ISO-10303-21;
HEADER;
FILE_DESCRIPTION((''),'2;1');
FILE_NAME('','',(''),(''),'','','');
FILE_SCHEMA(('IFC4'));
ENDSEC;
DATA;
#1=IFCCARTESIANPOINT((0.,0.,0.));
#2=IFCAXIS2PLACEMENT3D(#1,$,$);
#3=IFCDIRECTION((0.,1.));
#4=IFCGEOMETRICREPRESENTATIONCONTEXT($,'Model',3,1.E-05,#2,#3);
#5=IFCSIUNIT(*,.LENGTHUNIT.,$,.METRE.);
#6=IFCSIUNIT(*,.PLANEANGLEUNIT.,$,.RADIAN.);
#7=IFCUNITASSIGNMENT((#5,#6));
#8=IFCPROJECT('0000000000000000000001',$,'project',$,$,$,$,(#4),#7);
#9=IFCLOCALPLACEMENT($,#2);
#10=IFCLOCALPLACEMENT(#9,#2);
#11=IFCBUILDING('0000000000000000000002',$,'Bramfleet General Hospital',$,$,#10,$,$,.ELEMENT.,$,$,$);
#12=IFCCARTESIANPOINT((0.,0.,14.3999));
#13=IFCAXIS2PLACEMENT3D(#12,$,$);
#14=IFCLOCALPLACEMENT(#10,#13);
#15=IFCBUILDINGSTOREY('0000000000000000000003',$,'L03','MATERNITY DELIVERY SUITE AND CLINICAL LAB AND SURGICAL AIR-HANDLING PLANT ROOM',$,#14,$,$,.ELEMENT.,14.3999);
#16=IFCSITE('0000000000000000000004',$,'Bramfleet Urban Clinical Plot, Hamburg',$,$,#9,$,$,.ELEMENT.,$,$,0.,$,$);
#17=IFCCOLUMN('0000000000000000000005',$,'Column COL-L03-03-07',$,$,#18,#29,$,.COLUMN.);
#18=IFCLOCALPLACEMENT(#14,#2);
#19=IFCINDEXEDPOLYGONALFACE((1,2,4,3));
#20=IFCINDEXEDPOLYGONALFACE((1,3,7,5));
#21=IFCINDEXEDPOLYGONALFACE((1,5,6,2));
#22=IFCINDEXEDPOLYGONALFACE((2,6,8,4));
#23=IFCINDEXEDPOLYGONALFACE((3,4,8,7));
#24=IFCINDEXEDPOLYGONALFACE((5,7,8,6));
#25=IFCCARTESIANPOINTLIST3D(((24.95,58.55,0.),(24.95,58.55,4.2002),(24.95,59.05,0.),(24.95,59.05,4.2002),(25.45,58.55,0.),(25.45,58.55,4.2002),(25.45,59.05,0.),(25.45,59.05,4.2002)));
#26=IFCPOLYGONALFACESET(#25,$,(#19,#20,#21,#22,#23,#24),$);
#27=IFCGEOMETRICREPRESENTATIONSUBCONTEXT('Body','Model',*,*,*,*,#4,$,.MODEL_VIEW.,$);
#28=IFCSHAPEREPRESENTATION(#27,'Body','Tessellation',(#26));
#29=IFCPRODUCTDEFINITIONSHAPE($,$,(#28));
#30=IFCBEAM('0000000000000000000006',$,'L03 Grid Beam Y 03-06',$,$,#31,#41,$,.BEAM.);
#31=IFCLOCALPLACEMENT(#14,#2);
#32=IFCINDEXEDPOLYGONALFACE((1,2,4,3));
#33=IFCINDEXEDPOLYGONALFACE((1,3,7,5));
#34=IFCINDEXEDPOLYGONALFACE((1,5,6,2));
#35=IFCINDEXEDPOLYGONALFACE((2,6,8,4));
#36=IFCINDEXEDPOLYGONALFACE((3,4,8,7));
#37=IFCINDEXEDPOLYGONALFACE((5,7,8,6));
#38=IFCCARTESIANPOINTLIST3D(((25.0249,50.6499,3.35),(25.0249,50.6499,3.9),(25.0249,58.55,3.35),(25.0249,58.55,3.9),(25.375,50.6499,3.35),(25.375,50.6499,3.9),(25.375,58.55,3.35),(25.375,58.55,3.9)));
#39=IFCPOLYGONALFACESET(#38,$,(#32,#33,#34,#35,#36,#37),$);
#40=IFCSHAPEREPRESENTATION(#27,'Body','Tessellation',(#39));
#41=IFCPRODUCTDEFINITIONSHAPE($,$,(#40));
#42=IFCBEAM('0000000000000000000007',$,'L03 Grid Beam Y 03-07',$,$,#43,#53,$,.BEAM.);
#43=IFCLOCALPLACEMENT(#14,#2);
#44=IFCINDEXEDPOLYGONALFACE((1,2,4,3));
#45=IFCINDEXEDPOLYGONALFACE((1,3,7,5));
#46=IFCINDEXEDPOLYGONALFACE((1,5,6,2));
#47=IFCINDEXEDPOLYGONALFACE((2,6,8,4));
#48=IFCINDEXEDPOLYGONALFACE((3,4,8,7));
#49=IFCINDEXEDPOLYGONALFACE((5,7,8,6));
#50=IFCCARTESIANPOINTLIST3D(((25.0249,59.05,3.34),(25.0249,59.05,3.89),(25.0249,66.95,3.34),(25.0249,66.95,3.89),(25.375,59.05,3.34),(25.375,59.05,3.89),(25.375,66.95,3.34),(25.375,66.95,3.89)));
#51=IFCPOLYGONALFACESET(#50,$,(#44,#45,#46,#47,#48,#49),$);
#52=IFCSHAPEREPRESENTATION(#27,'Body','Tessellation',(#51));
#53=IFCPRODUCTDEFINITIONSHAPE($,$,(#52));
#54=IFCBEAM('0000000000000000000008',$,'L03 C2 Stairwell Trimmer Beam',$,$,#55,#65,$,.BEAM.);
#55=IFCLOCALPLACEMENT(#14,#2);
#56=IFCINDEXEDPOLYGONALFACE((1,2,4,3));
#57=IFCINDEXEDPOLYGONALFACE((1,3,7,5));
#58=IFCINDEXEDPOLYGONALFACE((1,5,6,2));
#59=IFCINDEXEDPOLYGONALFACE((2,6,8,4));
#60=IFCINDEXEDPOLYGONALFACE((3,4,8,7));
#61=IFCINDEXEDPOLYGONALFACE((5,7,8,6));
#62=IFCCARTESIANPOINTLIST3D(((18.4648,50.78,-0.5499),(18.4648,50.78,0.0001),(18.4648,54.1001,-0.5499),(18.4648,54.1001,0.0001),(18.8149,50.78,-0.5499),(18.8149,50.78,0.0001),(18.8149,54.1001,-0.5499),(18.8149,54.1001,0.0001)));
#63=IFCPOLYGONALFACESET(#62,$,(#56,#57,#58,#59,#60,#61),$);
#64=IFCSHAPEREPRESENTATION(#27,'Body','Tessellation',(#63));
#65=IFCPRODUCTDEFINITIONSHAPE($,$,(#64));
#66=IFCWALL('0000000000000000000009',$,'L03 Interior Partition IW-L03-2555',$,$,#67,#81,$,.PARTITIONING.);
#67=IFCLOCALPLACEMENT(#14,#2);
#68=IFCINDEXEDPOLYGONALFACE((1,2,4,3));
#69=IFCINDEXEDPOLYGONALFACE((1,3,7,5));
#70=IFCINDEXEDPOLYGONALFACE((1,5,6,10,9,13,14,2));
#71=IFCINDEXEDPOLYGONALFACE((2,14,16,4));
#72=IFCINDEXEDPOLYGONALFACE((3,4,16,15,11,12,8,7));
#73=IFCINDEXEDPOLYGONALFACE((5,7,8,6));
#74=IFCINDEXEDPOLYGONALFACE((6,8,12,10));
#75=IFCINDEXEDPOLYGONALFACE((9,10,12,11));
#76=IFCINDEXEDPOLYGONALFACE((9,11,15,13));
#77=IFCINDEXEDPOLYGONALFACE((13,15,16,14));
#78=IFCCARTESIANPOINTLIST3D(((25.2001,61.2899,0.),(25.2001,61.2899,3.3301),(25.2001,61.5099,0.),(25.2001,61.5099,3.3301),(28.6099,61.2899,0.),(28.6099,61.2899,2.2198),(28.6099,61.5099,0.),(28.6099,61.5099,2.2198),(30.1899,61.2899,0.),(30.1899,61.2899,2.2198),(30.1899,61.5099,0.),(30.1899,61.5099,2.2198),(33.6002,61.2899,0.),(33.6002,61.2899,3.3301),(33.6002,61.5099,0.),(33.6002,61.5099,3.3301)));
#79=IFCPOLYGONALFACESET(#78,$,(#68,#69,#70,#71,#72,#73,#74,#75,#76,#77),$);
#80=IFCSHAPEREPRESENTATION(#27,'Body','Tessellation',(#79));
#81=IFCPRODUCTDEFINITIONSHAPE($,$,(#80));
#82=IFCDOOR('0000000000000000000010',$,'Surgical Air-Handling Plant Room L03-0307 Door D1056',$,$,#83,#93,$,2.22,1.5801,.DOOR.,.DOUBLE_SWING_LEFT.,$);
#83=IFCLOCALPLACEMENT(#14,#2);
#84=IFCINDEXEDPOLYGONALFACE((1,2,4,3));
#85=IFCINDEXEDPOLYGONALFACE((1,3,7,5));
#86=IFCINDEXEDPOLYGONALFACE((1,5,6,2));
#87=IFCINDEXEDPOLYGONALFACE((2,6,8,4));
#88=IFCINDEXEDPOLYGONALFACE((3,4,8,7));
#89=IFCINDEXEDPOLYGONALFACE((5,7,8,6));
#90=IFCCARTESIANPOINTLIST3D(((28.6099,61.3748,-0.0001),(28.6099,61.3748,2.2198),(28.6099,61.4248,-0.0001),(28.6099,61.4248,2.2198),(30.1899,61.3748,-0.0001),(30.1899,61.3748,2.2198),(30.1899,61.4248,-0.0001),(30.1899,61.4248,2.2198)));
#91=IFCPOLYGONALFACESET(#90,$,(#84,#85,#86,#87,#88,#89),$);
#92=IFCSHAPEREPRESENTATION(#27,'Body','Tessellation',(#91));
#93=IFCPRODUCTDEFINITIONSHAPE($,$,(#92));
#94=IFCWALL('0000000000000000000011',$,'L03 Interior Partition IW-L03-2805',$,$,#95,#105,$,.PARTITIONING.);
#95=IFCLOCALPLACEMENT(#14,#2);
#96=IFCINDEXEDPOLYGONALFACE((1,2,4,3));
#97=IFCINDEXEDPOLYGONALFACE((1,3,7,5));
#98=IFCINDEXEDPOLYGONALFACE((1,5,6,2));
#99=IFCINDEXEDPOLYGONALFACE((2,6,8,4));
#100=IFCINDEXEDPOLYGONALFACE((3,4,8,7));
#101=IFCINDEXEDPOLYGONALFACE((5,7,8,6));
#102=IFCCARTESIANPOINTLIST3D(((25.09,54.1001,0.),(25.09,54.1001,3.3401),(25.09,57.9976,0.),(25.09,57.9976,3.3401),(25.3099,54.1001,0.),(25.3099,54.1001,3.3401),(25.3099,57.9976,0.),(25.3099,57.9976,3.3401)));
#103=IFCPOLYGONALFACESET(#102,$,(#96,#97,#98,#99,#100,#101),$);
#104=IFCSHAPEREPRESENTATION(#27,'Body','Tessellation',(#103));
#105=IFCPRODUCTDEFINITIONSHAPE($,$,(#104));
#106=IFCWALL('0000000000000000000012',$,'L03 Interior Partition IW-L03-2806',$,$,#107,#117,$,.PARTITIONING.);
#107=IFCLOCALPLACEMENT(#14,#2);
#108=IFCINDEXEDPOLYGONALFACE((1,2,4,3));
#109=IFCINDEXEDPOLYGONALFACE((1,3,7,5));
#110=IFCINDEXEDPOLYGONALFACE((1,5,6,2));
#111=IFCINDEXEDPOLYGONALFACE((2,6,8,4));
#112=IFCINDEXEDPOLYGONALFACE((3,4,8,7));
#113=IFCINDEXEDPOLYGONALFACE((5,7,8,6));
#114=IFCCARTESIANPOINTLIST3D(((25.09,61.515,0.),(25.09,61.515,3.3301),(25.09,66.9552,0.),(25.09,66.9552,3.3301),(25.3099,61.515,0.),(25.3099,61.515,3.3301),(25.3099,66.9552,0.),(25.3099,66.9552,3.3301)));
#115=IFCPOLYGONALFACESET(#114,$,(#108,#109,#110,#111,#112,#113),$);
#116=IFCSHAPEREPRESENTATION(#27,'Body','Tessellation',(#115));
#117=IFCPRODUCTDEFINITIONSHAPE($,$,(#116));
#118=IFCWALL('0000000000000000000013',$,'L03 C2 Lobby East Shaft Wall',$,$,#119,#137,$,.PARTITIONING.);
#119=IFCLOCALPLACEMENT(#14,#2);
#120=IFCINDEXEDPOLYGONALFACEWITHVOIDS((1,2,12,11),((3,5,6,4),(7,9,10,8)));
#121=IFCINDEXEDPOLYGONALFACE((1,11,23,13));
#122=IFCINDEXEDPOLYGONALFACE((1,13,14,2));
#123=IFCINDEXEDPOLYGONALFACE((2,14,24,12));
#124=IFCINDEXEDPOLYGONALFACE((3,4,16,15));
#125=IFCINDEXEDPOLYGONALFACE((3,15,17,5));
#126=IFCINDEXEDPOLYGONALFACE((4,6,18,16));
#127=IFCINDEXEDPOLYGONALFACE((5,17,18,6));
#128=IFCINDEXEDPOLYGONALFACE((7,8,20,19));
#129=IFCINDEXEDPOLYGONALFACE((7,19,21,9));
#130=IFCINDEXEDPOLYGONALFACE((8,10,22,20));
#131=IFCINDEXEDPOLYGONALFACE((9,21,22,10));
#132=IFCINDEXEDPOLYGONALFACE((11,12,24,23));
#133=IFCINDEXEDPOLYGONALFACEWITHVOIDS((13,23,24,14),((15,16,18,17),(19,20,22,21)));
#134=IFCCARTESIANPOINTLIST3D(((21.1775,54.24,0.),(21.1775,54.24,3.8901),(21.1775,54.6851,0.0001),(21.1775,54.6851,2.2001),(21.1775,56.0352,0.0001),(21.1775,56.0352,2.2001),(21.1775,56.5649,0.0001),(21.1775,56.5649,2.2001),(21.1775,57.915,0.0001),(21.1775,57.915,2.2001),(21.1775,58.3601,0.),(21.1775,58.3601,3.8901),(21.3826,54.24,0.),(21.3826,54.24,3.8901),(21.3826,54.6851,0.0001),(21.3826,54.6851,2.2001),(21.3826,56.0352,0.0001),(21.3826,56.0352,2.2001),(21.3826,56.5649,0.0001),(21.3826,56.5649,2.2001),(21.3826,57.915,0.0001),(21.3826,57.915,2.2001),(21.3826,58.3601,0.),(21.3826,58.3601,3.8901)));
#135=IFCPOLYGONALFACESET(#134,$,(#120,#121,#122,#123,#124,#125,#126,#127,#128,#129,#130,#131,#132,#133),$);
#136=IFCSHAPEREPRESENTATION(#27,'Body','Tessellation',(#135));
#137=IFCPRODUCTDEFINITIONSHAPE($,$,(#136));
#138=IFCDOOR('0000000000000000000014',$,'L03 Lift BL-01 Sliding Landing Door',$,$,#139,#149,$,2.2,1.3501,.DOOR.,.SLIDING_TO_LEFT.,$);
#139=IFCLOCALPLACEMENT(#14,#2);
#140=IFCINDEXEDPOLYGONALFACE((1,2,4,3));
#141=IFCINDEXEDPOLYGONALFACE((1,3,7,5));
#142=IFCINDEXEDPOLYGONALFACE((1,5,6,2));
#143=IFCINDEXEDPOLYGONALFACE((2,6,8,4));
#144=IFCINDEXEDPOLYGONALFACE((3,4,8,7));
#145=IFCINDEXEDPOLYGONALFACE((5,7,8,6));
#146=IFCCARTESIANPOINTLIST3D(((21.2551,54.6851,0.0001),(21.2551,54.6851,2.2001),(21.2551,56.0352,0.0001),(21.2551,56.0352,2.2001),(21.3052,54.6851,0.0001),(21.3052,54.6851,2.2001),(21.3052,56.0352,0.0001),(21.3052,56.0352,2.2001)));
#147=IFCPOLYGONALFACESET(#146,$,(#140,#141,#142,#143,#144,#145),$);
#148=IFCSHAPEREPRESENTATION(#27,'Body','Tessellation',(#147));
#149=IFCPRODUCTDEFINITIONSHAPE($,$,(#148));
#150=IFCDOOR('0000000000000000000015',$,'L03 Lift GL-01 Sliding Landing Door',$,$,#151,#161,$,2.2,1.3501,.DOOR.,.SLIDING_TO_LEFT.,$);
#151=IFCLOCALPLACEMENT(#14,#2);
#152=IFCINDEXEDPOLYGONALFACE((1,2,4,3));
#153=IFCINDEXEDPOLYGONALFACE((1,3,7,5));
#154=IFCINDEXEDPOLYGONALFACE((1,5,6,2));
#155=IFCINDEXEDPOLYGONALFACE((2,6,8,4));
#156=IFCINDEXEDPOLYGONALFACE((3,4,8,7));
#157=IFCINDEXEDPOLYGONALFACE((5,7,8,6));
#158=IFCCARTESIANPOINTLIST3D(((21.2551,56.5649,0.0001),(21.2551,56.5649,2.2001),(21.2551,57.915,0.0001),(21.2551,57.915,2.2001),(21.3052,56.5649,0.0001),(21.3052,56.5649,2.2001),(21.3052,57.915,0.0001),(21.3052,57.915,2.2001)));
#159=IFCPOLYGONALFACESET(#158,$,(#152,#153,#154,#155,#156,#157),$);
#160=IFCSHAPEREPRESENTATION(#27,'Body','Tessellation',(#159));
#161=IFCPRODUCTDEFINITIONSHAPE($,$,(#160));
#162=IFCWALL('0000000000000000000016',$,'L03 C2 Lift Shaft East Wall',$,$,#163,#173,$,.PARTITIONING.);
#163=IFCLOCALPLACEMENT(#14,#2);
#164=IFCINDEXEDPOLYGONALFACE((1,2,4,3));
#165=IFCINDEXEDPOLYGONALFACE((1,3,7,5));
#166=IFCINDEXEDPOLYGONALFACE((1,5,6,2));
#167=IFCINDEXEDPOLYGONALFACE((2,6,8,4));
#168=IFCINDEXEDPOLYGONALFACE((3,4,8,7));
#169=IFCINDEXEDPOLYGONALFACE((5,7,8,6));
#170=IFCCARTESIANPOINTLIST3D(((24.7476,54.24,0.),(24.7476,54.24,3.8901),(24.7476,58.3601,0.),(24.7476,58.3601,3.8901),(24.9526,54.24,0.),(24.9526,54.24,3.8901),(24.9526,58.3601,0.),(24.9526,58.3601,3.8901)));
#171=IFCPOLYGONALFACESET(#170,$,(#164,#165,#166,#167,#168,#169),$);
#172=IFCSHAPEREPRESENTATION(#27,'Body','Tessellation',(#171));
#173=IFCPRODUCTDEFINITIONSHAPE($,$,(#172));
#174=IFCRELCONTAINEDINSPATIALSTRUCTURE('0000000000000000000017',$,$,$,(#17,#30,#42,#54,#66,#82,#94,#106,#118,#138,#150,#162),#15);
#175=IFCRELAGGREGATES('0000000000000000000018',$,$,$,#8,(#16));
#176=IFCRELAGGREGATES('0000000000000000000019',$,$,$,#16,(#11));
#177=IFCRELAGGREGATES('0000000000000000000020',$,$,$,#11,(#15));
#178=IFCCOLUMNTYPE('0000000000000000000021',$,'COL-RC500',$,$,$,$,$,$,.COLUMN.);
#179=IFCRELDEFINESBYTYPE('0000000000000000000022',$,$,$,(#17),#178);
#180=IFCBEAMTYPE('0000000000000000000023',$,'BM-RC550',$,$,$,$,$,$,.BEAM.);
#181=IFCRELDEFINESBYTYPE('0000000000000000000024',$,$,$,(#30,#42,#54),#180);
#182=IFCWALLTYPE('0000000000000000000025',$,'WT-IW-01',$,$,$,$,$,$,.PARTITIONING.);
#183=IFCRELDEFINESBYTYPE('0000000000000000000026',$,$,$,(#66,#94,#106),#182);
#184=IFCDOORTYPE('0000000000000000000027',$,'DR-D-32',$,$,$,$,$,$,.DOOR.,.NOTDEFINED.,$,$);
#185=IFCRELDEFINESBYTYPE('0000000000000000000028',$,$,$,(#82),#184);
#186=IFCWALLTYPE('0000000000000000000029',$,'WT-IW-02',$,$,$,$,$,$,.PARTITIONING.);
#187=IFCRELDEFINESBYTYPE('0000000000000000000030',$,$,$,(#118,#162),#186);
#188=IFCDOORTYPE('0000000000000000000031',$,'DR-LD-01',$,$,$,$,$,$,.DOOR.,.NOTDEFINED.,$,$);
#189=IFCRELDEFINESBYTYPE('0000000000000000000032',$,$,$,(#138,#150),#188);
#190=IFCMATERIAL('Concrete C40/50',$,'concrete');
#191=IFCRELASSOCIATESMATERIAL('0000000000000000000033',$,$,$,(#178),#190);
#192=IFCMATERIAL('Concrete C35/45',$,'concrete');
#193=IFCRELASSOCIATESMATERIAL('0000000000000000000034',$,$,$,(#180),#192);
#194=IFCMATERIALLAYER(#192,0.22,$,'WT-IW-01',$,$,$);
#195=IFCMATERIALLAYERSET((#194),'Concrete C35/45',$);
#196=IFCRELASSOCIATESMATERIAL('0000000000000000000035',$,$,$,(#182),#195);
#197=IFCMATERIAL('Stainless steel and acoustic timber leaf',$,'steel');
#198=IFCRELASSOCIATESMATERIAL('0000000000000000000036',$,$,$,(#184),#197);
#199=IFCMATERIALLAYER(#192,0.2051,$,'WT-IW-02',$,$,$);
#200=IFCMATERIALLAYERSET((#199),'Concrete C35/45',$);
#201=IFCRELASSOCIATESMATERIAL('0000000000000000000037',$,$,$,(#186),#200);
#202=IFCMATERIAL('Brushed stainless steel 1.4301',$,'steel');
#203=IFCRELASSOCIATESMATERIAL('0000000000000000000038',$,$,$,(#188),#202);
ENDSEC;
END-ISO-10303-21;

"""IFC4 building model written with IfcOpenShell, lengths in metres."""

from ifc_helpers import new_model, si_unit, direction, frame, frame_2d, origin, origin_2d, place, context, subcontext, project, spatial, rectangle, extrude, material, layer, layer_set, material_profile, profile_set, type_object, element, fill, save


model = new_model("IFC4")

# Units and contexts
model_context = context("Model", 3, precision=1e-05, world=origin(), true_north=direction((0.0, 1.0)))
body_context = subcontext(model_context, "Body", "Model", "MODEL_VIEW")
ifc_project = project(units=[si_unit("LENGTHUNIT", "METRE"), si_unit("PLANEANGLEUNIT", "RADIAN")], contexts=[model_context])

# Site, building, storey
site_placement = place(None, origin())
site = spatial("IfcSite", under=ifc_project, at=site_placement, Name="Bramfleet Urban Clinical Plot, Hamburg", CompositionType="ELEMENT", RefElevation=0.0)
building_placement = place(site_placement, origin())
building = spatial("IfcBuilding", under=site, at=building_placement, Name="Bramfleet General Hospital", CompositionType="ELEMENT")
storey_placement = place(building_placement, frame((0.0, 0.0, 14.3999)))
storey = spatial("IfcBuildingStorey", under=building, at=storey_placement, Name="L03", Description="MATERNITY DELIVERY SUITE AND CLINICAL LAB AND SURGICAL AIR-HANDLING PLANT ROOM", CompositionType="ELEMENT", Elevation=14.3999)

# Column
ifc_material_1 = material(Name="Concrete C40/50", Category="concrete")
ifc_material_profile_1 = material_profile(ifc_material_1, rectangle(XDim=0.5, YDim=0.5, at=origin_2d()), Name="RC COL 500x500")
ifc_profile_set_1 = profile_set([ifc_material_profile_1], Name="Concrete C40/50")
column_type = type_object("IfcColumnType", Name="COL-RC500", PredefinedType="COLUMN", material=ifc_profile_set_1)
column_placement = place(storey_placement, frame((25.2, 58.8, 0.0), z_axis=(0.0, 0.0, 1.0), x_axis=(1.0, 0.0, 0.0)))
element("IfcColumn", 1, at=column_placement, inside=storey, type_object=column_type, Name="Column COL-L03-03-07", PredefinedType="COLUMN", context=body_context, shape_type="SweptSolid", body=[
    extrude(rectangle(XDim=0.5, YDim=0.5, at=origin_2d()), origin(), (0.0, 0.0, 1.0), 4.2002),
])

# Beams
ifc_material_2 = material(Name="Concrete C35/45", Category="concrete")
ifc_material_profile_2 = material_profile(ifc_material_2, rectangle(XDim=0.3501, YDim=0.55, at=origin_2d()), Name="RC BM 550x350")
ifc_profile_set_2 = profile_set([ifc_material_profile_2], Name="Concrete C35/45")
beam_type = type_object("IfcBeamType", Name="BM-RC550", PredefinedType="BEAM", material=ifc_profile_set_2)
beam_1_placement = place(storey_placement, frame((25.2, 50.6499, 3.625), z_axis=(0.0, 1.0, 0.0), x_axis=(-1.0, 0.0, 0.0)))
element("IfcBeam", 2, at=beam_1_placement, inside=storey, type_object=beam_type, Name="L03 Grid Beam Y 03-06", PredefinedType="BEAM", context=body_context, shape_type="SweptSolid", body=[
    extrude(rectangle(XDim=0.3501, YDim=0.55, at=origin_2d()), origin(), (0.0, 0.0, 1.0), 7.9001),
])
beam_2_placement = place(storey_placement, frame((25.2, 59.05, 3.615), z_axis=(0.0, 1.0, 0.0), x_axis=(-1.0, 0.0, 0.0)))
element("IfcBeam", 3, at=beam_2_placement, inside=storey, type_object=beam_type, Name="L03 Grid Beam Y 03-07", PredefinedType="BEAM", context=body_context, shape_type="SweptSolid", body=[
    extrude(rectangle(XDim=0.3501, YDim=0.55, at=origin_2d()), origin(), (0.0, 0.0, 1.0), 7.8999),
])
beam_3_placement = place(storey_placement, frame((18.6399, 50.78, -0.2749), z_axis=(0.0, 1.0, 0.0), x_axis=(-1.0, 0.0, 0.0)))
element("IfcBeam", 4, at=beam_3_placement, inside=storey, type_object=beam_type, Name="L03 C2 Stairwell Trimmer Beam", PredefinedType="BEAM", context=body_context, shape_type="SweptSolid", body=[
    extrude(rectangle(XDim=0.3501, YDim=0.55, at=origin_2d()), origin(), (0.0, 0.0, 1.0), 3.3201),
])

# Wall, opening, door
ifc_layer_1 = layer(ifc_material_2, 0.22, Name="WT-IW-01")
ifc_layer_set_1 = layer_set([ifc_layer_1], Name="Concrete C35/45")
wall_type_1 = type_object("IfcWallType", Name="WT-IW-01", PredefinedType="PARTITIONING", material=ifc_layer_set_1)
wall_1_placement = place(storey_placement, frame((25.2, 61.3999, 0.0), z_axis=(0.0, 0.0, 1.0), x_axis=(1.0, 0.0, 0.0)))
wall_1 = element("IfcWall", 5, at=wall_1_placement, inside=storey, type_object=wall_type_1, Name="L03 Interior Partition IW-L03-2555", PredefinedType="PARTITIONING", context=body_context, shape_type="SweptSolid", body=[
    extrude(rectangle(XDim=8.4001, YDim=0.22, at=frame_2d((4.2002, 0.0))), origin(), (0.0, 0.0, 1.0), 3.3301),
])
opening_1_placement = place(wall_1_placement, frame((3.4099, 0.0, 0.0)))
opening_1 = element("IfcOpeningElement", 6, at=opening_1_placement, cuts=wall_1, PredefinedType="OPENING", context=body_context, shape_type="SweptSolid", body=[
    extrude(rectangle(XDim=1.5801, YDim=2.22, at=frame_2d((0.79, 1.1099))), frame((0.0, 0.1199, 0.0), z_axis=(0.0, -1.0, 0.0), x_axis=(1.0, 0.0, 0.0)), (0.0, 0.0, 1.0), 0.24),
])
ifc_material_3 = material(Name="Stainless steel and acoustic timber leaf", Category="steel")
door_type_1 = type_object("IfcDoorType", Name="DR-D-32", OperationType="NOTDEFINED", PredefinedType="DOOR", material=ifc_material_3)
door_1_placement = place(opening_1_placement, origin())
door_1 = element("IfcDoor", 7, at=door_1_placement, inside=storey, type_object=door_type_1, Name="Surgical Air-Handling Plant Room L03-0307 Door D1056", OperationType="DOUBLE_SWING_LEFT", OverallHeight=2.22, OverallWidth=1.5801, PredefinedType="DOOR", context=body_context, shape_type="SweptSolid", body=[
    extrude(rectangle(XDim=1.5801, YDim=2.22, at=frame_2d((0.79, 1.1099))), frame((0.0, 0.0249, 0.0), z_axis=(0.0, -1.0, 0.0), x_axis=(1.0, 0.0, 0.0)), (0.0, 0.0, 1.0), 0.05),
])
fill(opening_1, door_1)

# Walls
wall_2_placement = place(storey_placement, frame((25.2, 54.1001, 0.0), z_axis=(0.0, 0.0, 1.0), x_axis=(0.0, 1.0, 0.0)))
element("IfcWall", 8, at=wall_2_placement, inside=storey, type_object=wall_type_1, Name="L03 Interior Partition IW-L03-2805", PredefinedType="PARTITIONING", context=body_context, shape_type="SweptSolid", body=[
    extrude(rectangle(XDim=3.8975, YDim=0.22, at=frame_2d((1.9487, 0.0))), origin(), (0.0, 0.0, 1.0), 3.3401),
])
wall_3_placement = place(storey_placement, frame((25.2, 61.5149, 0.0), z_axis=(0.0, 0.0, 1.0), x_axis=(0.0, 1.0, 0.0)))
element("IfcWall", 9, at=wall_3_placement, inside=storey, type_object=wall_type_1, Name="L03 Interior Partition IW-L03-2806", PredefinedType="PARTITIONING", context=body_context, shape_type="SweptSolid", body=[
    extrude(rectangle(XDim=5.4402, YDim=0.22, at=frame_2d((2.7202, 0.0))), origin(), (0.0, 0.0, 1.0), 3.3301),
])

# Wall, openings, doors
ifc_layer_2 = layer(ifc_material_2, 0.2051, Name="WT-IW-02")
ifc_layer_set_2 = layer_set([ifc_layer_2], Name="Concrete C35/45")
wall_type_2 = type_object("IfcWallType", Name="WT-IW-02", PredefinedType="PARTITIONING", material=ifc_layer_set_2)
wall_4_placement = place(storey_placement, frame((21.28, 54.24, 0.0), z_axis=(0.0, 0.0, 1.0), x_axis=(0.0, 1.0, 0.0)))
wall_4 = element("IfcWall", 10, at=wall_4_placement, inside=storey, type_object=wall_type_2, Name="L03 C2 Lobby East Shaft Wall", PredefinedType="PARTITIONING", context=body_context, shape_type="SweptSolid", body=[
    extrude(rectangle(XDim=4.1201, YDim=0.2051, at=frame_2d((2.0601, 0.0))), origin(), (0.0, 0.0, 1.0), 3.8901),
])
opening_2_placement = place(wall_4_placement, frame((0.4451, 0.0, 0.0)))
opening_2 = element("IfcOpeningElement", 11, at=opening_2_placement, cuts=wall_4, PredefinedType="OPENING", context=body_context, shape_type="SweptSolid", body=[
    extrude(rectangle(XDim=1.3501, YDim=2.2, at=frame_2d((0.675, 1.1001))), frame((0.0, 0.1125, 0.0), z_axis=(0.0, -1.0, 0.0), x_axis=(1.0, 0.0, 0.0)), (0.0, 0.0, 1.0), 0.2251),
])
opening_3_placement = place(wall_4_placement, frame((2.325, 0.0, 0.0)))
opening_3 = element("IfcOpeningElement", 12, at=opening_3_placement, cuts=wall_4, PredefinedType="OPENING", context=body_context, shape_type="SweptSolid", body=[
    extrude(rectangle(XDim=1.3501, YDim=2.2, at=frame_2d((0.675, 1.1001))), frame((0.0, 0.1125, 0.0), z_axis=(0.0, -1.0, 0.0), x_axis=(1.0, 0.0, 0.0)), (0.0, 0.0, 1.0), 0.2251),
])
ifc_material_4 = material(Name="Brushed stainless steel 1.4301", Category="steel")
door_type_2 = type_object("IfcDoorType", Name="DR-LD-01", OperationType="NOTDEFINED", PredefinedType="DOOR", material=ifc_material_4)
door_2_placement = place(opening_2_placement, origin())
door_2 = element("IfcDoor", 13, at=door_2_placement, inside=storey, type_object=door_type_2, Name="L03 Lift BL-01 Sliding Landing Door", OperationType="SLIDING_TO_LEFT", OverallHeight=2.2, OverallWidth=1.3501, PredefinedType="DOOR", context=body_context, shape_type="SweptSolid", body=[
    extrude(rectangle(XDim=1.3501, YDim=2.2, at=frame_2d((0.675, 1.1001))), frame((0.0, 0.0249, 0.0), z_axis=(0.0, -1.0, 0.0), x_axis=(1.0, 0.0, 0.0)), (0.0, 0.0, 1.0), 0.05),
])
fill(opening_2, door_2)
door_3_placement = place(opening_3_placement, origin())
door_3 = element("IfcDoor", 14, at=door_3_placement, inside=storey, type_object=door_type_2, Name="L03 Lift GL-01 Sliding Landing Door", OperationType="SLIDING_TO_LEFT", OverallHeight=2.2, OverallWidth=1.3501, PredefinedType="DOOR", context=body_context, shape_type="SweptSolid", body=[
    extrude(rectangle(XDim=1.3501, YDim=2.2, at=frame_2d((0.675, 1.1001))), frame((0.0, 0.0249, 0.0), z_axis=(0.0, -1.0, 0.0), x_axis=(1.0, 0.0, 0.0)), (0.0, 0.0, 1.0), 0.05),
])
fill(opening_3, door_3)

# Wall
wall_5_placement = place(storey_placement, frame((24.8501, 54.24, 0.0), z_axis=(0.0, 0.0, 1.0), x_axis=(0.0, 1.0, 0.0)))
element("IfcWall", 15, at=wall_5_placement, inside=storey, type_object=wall_type_2, Name="L03 C2 Lift Shaft East Wall", PredefinedType="PARTITIONING", context=body_context, shape_type="SweptSolid", body=[
    extrude(rectangle(XDim=4.1201, YDim=0.2051, at=frame_2d((2.0601, 0.0))), origin(), (0.0, 0.0, 1.0), 3.8901),
])

save(model, "model.ifc")
